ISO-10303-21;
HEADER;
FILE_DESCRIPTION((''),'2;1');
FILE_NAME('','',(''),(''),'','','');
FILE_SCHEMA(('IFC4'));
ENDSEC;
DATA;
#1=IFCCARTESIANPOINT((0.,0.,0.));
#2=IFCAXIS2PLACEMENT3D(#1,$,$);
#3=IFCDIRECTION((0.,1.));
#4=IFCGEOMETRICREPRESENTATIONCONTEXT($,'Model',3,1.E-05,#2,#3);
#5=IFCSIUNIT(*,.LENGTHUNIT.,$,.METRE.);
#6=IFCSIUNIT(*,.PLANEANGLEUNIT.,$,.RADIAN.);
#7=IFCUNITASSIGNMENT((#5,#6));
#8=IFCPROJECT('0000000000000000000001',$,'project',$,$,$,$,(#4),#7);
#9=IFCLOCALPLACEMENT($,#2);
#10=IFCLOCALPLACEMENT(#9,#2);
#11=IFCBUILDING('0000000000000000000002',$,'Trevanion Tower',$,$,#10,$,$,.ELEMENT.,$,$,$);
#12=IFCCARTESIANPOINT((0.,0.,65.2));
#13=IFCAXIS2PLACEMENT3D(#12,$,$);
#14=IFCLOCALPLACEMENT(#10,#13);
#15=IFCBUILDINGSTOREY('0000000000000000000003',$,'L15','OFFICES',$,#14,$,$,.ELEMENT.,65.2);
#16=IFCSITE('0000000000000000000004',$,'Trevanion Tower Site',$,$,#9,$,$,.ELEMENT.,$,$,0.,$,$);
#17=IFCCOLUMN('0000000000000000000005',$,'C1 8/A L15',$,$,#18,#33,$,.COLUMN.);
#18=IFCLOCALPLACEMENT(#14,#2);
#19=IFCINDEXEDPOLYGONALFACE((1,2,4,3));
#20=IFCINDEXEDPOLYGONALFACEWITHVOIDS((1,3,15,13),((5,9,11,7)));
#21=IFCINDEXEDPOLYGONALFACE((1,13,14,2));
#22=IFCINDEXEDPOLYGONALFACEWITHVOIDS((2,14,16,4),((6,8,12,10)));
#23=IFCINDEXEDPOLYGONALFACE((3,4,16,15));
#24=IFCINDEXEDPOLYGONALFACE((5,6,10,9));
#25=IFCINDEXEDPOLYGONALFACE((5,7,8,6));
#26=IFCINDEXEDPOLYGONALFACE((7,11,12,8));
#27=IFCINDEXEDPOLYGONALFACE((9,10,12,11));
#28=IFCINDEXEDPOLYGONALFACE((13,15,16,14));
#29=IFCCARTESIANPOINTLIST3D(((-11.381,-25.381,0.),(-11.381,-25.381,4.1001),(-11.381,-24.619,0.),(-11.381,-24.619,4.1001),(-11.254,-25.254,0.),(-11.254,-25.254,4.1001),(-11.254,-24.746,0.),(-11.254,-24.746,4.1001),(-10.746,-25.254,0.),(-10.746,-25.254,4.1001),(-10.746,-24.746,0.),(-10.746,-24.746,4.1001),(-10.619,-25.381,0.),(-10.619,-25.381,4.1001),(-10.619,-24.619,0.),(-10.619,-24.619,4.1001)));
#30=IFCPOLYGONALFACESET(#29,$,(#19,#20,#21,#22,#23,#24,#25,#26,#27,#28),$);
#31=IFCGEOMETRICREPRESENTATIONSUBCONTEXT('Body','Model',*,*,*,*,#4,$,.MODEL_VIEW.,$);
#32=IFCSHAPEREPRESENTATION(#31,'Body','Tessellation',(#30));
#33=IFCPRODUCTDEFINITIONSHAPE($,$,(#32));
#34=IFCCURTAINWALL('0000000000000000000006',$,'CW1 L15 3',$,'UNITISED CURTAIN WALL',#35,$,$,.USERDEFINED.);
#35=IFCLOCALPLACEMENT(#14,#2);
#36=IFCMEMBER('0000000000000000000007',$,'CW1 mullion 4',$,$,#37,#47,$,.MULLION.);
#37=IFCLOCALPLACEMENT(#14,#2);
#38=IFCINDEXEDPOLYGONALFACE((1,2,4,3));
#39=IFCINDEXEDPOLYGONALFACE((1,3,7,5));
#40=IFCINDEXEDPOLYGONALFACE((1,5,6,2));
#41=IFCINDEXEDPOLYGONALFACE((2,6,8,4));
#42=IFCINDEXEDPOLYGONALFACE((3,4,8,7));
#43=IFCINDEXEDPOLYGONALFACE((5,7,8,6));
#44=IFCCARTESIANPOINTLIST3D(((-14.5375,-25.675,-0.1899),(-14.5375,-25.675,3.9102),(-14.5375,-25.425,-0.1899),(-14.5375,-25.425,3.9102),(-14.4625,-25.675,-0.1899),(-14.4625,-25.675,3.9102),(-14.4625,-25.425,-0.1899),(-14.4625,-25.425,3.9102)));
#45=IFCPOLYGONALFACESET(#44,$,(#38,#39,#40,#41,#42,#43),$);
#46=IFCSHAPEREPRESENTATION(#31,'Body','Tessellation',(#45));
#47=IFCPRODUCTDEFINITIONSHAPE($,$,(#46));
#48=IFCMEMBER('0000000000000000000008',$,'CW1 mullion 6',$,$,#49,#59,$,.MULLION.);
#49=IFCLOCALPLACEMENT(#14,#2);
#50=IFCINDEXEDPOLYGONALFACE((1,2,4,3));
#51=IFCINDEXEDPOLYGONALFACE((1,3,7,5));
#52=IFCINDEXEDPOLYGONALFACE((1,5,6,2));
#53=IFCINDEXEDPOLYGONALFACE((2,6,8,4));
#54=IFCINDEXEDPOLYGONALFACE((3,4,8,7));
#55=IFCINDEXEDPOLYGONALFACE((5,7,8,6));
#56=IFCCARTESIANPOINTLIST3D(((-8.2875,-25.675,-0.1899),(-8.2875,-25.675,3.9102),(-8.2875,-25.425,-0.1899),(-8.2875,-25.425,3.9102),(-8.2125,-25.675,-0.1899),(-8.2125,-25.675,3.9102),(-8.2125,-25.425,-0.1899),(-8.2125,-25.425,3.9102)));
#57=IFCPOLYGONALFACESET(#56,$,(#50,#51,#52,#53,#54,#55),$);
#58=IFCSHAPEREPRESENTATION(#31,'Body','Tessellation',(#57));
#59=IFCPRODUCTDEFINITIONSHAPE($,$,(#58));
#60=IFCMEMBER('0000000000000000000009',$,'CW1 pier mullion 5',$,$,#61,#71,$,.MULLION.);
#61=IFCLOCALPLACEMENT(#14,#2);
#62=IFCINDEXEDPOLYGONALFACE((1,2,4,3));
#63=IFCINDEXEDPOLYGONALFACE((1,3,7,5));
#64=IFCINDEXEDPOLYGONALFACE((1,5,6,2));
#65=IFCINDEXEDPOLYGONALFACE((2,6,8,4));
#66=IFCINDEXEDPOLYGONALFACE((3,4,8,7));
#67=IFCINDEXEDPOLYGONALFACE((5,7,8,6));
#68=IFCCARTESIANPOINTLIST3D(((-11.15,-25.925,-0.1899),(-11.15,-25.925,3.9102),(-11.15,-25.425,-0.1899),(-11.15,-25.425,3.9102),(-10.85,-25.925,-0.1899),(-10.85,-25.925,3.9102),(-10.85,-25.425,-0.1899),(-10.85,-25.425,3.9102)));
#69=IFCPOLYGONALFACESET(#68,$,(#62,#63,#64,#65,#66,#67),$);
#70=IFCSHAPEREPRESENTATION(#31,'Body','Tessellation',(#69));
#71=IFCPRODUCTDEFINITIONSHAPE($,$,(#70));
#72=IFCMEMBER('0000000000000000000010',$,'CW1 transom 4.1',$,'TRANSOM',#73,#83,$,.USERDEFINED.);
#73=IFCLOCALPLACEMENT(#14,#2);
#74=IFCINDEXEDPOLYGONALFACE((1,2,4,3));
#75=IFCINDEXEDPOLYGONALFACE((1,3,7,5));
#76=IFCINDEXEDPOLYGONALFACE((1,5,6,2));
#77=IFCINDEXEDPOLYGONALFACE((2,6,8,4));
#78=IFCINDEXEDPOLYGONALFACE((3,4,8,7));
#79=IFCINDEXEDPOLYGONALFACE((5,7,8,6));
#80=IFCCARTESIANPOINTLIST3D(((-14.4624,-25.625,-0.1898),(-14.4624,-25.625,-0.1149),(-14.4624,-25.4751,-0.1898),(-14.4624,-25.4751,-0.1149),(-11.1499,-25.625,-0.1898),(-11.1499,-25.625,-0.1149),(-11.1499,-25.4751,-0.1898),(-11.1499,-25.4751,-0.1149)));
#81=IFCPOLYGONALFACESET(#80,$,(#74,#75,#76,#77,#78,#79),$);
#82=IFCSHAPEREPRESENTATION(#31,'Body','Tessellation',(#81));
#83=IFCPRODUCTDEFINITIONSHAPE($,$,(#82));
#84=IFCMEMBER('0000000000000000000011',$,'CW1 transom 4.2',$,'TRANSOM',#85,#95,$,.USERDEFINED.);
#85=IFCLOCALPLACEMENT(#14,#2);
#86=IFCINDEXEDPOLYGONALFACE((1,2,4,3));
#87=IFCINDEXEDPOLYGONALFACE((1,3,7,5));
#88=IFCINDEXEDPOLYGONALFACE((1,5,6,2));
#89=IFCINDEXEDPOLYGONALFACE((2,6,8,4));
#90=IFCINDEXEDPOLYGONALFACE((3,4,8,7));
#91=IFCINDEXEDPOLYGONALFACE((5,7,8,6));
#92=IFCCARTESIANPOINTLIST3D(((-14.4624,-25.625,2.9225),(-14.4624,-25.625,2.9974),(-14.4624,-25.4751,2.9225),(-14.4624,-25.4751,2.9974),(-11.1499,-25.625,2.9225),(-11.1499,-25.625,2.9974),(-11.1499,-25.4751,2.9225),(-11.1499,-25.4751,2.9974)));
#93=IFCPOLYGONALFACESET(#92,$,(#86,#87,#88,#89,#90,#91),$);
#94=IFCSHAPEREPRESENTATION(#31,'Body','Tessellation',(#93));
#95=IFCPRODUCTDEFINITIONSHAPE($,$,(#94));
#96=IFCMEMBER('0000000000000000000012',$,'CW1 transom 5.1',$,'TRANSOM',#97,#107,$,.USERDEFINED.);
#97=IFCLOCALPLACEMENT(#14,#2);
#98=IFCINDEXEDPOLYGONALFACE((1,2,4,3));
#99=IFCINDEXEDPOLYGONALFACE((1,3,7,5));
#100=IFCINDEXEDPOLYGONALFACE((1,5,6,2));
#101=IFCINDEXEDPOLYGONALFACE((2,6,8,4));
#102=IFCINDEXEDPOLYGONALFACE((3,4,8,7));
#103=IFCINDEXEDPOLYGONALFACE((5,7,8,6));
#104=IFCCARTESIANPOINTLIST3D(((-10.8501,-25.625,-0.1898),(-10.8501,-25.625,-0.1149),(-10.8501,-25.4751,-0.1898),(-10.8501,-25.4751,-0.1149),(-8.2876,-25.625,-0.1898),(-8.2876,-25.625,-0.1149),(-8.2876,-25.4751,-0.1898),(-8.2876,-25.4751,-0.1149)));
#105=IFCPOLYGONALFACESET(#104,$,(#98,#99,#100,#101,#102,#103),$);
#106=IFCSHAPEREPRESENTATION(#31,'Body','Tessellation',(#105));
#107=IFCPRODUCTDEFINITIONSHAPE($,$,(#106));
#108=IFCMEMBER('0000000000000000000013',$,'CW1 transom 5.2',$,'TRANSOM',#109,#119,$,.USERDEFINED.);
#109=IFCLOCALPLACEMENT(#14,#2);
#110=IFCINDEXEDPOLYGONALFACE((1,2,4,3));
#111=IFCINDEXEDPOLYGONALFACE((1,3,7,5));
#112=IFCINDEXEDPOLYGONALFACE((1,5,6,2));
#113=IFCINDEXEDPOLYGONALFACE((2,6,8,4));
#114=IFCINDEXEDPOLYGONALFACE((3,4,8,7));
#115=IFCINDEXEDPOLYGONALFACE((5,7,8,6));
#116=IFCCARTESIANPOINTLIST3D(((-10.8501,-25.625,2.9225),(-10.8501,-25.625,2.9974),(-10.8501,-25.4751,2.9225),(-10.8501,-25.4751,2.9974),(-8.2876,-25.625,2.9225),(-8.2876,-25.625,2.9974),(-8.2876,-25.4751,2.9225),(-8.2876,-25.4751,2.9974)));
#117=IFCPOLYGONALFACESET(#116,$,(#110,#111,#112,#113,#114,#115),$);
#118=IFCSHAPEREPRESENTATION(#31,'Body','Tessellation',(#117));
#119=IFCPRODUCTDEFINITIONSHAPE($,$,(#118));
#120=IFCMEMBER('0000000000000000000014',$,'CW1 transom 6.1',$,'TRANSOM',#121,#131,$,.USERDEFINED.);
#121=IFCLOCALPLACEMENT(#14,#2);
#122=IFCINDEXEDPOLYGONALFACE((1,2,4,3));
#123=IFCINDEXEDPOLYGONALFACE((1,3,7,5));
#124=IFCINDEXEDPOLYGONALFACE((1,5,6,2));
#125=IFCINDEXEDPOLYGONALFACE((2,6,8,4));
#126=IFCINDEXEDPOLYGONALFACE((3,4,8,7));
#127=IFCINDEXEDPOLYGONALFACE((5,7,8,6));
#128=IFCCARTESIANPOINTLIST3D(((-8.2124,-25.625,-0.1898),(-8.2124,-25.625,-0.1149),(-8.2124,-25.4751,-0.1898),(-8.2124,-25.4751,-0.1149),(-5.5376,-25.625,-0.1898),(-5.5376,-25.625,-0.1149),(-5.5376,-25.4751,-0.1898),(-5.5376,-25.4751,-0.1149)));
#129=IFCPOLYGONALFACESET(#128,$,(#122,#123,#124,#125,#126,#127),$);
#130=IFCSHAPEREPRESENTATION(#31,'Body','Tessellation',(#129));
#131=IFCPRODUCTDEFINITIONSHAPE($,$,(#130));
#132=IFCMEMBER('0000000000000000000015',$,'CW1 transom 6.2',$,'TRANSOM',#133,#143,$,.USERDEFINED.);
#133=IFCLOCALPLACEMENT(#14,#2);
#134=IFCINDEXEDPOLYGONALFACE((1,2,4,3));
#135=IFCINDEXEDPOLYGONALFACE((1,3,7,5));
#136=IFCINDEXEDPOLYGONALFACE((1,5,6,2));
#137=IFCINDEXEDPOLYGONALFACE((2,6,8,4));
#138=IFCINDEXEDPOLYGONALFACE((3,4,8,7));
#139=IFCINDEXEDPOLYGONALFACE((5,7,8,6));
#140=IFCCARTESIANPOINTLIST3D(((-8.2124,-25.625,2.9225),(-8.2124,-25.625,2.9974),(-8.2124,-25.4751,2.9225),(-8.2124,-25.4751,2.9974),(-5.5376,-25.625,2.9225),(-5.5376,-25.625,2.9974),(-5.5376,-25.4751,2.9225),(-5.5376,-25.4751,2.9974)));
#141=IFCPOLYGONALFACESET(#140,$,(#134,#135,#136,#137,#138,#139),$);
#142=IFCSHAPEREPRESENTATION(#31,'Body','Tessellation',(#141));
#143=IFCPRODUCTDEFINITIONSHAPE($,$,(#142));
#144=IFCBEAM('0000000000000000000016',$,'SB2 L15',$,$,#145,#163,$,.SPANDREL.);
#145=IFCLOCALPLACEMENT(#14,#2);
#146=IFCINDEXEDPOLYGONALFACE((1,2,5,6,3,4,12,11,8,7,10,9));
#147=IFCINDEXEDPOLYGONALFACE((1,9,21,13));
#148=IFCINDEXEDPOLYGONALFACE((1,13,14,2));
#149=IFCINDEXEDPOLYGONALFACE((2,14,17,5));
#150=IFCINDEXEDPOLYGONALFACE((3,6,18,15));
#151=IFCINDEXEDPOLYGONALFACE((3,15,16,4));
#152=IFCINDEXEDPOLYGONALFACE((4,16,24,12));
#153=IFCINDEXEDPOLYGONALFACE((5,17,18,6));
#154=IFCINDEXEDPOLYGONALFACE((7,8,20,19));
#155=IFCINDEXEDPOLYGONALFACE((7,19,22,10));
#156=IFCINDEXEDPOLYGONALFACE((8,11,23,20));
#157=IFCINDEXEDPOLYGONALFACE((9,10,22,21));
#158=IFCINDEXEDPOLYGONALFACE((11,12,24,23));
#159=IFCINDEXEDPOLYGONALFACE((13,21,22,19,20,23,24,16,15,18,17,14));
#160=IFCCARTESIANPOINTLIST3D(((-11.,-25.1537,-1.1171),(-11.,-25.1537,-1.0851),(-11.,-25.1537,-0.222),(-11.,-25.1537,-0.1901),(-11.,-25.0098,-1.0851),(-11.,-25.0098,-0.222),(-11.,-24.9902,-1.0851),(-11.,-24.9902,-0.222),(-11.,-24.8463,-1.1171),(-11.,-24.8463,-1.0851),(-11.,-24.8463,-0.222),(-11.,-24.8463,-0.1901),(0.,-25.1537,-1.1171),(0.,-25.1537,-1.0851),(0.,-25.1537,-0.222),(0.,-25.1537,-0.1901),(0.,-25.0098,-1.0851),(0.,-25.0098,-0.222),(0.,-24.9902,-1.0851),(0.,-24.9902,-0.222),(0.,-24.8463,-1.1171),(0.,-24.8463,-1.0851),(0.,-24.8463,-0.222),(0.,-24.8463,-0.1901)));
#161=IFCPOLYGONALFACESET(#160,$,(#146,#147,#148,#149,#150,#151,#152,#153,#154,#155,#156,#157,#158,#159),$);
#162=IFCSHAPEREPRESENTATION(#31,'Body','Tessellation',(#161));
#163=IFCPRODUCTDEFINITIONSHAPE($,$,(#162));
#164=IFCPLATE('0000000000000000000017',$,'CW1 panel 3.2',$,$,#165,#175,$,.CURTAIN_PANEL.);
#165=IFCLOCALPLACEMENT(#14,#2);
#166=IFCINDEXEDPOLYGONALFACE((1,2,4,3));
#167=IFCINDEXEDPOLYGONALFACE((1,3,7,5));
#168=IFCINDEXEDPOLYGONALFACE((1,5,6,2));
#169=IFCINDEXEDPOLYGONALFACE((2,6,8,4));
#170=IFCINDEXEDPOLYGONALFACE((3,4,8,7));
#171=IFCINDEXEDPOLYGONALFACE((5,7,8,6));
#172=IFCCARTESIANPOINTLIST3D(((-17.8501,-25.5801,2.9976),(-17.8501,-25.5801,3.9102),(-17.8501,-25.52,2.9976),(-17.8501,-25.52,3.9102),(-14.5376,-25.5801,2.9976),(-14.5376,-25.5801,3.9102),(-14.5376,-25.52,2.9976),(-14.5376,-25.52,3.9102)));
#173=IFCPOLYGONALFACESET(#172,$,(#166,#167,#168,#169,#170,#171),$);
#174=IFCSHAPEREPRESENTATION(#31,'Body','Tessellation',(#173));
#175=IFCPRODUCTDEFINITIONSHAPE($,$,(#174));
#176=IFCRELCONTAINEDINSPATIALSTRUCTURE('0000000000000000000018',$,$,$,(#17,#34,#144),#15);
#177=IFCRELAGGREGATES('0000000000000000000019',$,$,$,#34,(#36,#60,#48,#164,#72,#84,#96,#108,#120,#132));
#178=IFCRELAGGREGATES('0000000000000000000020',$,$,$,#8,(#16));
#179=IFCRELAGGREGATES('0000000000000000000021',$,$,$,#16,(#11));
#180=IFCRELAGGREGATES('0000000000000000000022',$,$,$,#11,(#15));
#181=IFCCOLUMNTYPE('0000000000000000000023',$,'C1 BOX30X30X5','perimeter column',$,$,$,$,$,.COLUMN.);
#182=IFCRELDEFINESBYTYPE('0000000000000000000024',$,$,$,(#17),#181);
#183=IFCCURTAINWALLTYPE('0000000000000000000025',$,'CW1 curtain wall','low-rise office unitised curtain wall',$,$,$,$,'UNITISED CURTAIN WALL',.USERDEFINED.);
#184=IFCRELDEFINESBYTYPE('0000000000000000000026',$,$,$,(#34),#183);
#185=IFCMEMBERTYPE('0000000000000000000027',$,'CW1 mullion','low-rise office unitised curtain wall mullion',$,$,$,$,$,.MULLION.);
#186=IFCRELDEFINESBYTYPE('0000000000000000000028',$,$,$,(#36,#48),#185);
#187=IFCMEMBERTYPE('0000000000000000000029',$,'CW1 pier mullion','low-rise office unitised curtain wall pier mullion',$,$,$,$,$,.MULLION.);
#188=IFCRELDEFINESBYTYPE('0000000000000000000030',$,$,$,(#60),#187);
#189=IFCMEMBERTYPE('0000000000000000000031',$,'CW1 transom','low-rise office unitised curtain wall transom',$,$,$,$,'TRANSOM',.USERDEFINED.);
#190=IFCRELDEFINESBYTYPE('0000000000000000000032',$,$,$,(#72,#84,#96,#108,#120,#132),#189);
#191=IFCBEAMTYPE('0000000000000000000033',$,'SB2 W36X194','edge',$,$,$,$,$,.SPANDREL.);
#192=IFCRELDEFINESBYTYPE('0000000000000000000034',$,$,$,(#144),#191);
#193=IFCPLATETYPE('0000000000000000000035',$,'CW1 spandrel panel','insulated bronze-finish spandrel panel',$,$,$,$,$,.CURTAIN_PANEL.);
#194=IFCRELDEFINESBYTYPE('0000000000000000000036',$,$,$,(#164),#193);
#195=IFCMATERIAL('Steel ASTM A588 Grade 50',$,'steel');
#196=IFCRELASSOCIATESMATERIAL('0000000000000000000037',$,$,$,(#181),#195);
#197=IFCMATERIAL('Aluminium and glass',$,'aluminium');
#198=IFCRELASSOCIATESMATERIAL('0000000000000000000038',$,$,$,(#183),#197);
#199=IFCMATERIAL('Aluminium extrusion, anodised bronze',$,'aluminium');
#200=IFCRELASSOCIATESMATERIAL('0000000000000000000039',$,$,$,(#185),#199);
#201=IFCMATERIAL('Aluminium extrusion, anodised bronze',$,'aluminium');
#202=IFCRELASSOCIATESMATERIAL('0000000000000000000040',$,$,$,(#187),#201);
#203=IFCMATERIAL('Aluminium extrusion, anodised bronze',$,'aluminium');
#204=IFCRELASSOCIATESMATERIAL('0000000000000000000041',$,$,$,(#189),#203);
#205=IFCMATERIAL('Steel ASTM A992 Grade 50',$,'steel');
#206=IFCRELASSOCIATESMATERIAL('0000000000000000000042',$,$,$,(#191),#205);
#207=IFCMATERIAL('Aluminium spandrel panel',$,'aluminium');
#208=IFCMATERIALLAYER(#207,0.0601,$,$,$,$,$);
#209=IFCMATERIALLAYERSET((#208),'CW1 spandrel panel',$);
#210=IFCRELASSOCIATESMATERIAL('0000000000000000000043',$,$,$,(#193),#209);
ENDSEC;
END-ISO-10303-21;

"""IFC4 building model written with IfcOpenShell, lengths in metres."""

from ifc_helpers import new_model, si_unit, direction, frame, origin, origin_2d, place, context, subcontext, project, spatial, rectangle, hollow_rectangle, i_section, extrude, material, layer, layer_set, material_profile, profile_set, type_object, element, aggregate, save


model = new_model("IFC4")

# Units and contexts
model_context = context("Model", 3, precision=1e-05, world=origin(), true_north=direction((0.0, 1.0)))
body_context = subcontext(model_context, "Body", "Model", "MODEL_VIEW")
ifc_project = project(units=[si_unit("LENGTHUNIT", "METRE"), si_unit("PLANEANGLEUNIT", "RADIAN")], contexts=[model_context])

# Site, building, storey
site_placement = place(None, origin())
site = spatial("IfcSite", under=ifc_project, at=site_placement, Name="Trevanion Tower Site", CompositionType="ELEMENT", RefElevation=0.0)
building_placement = place(site_placement, origin())
building = spatial("IfcBuilding", under=site, at=building_placement, Name="Trevanion Tower", CompositionType="ELEMENT")
storey_placement = place(building_placement, frame((0.0, 0.0, 65.2)))
storey = spatial("IfcBuildingStorey", under=building, at=storey_placement, Name="L15", Description="OFFICES", CompositionType="ELEMENT", Elevation=65.2)

# Column
ifc_material_1 = material(Name="Steel ASTM A588 Grade 50", Category="steel")
ifc_material_profile_1 = material_profile(ifc_material_1, hollow_rectangle(XDim=0.762, YDim=0.762, WallThickness=0.127, at=origin_2d()), Name="BOX30X30X5")
ifc_profile_set_1 = profile_set([ifc_material_profile_1], Name="Steel ASTM A588 Grade 50")
column_type = type_object("IfcColumnType", Name="C1 BOX30X30X5", Description="perimeter column", PredefinedType="COLUMN", material=ifc_profile_set_1)
column_placement = place(storey_placement, frame((-11.0, -25.0, 0.0), z_axis=(0.0, 0.0, 1.0), x_axis=(1.0, 0.0, 0.0)))
element("IfcColumn", 1, at=column_placement, inside=storey, type_object=column_type, Name="C1 8/A L15", PredefinedType="COLUMN", context=body_context, shape_type="SweptSolid", body=[
    extrude(hollow_rectangle(XDim=0.762, YDim=0.762, WallThickness=0.127, at=origin_2d()), origin(), (0.0, 0.0, 1.0), 4.1001),
])

# Curtain wall, members
ifc_material_2 = material(Name="Aluminium and glass", Category="aluminium")
curtain_wall_type = type_object("IfcCurtainWallType", Name="CW1 curtain wall", Description="low-rise office unitised curtain wall", ElementType="UNITISED CURTAIN WALL", PredefinedType="USERDEFINED", material=ifc_material_2)
curtain_wall_placement = place(storey_placement, origin())
curtain_wall = element("IfcCurtainWall", 2, at=curtain_wall_placement, inside=storey, type_object=curtain_wall_type, Name="CW1 L15 3", ObjectType="UNITISED CURTAIN WALL", PredefinedType="USERDEFINED")
ifc_material_3 = material(Name="Aluminium extrusion, anodised bronze", Category="aluminium")
ifc_material_profile_2 = material_profile(ifc_material_3, rectangle(XDim=0.075, YDim=0.25, at=origin_2d()), Name="CW1 mullion")
ifc_profile_set_2 = profile_set([ifc_material_profile_2], Name="Aluminium extrusion, anodised bronze")
member_type_1 = type_object("IfcMemberType", Name="CW1 mullion", Description="low-rise office unitised curtain wall mullion", PredefinedType="MULLION", material=ifc_profile_set_2)
member_1_placement = place(storey_placement, frame((-14.5, -25.55, -0.1899), z_axis=(0.0, 0.0, 1.0), x_axis=(1.0, 0.0, 0.0)))
member_1 = element("IfcMember", 3, at=member_1_placement, type_object=member_type_1, Name="CW1 mullion 4", PredefinedType="MULLION", context=body_context, shape_type="SweptSolid", body=[
    extrude(rectangle(XDim=0.075, YDim=0.25, at=origin_2d()), origin(), (0.0, 0.0, 1.0), 4.1001),
])
member_2_placement = place(storey_placement, frame((-8.25, -25.55, -0.1899), z_axis=(0.0, 0.0, 1.0), x_axis=(1.0, 0.0, 0.0)))
member_2 = element("IfcMember", 4, at=member_2_placement, type_object=member_type_1, Name="CW1 mullion 6", PredefinedType="MULLION", context=body_context, shape_type="SweptSolid", body=[
    extrude(rectangle(XDim=0.075, YDim=0.25, at=origin_2d()), origin(), (0.0, 0.0, 1.0), 4.1001),
])
ifc_material_4 = material(Name="Aluminium extrusion, anodised bronze", Category="aluminium")
ifc_material_profile_3 = material_profile(ifc_material_4, rectangle(XDim=0.3, YDim=0.5, at=origin_2d()), Name="CW1 pier mullion")
ifc_profile_set_3 = profile_set([ifc_material_profile_3], Name="Aluminium extrusion, anodised bronze")
member_type_2 = type_object("IfcMemberType", Name="CW1 pier mullion", Description="low-rise office unitised curtain wall pier mullion", PredefinedType="MULLION", material=ifc_profile_set_3)
member_3_placement = place(storey_placement, frame((-11.0, -25.675, -0.1899), z_axis=(0.0, 0.0, 1.0), x_axis=(1.0, 0.0, 0.0)))
member_3 = element("IfcMember", 5, at=member_3_placement, type_object=member_type_2, Name="CW1 pier mullion 5", PredefinedType="MULLION", context=body_context, shape_type="SweptSolid", body=[
    extrude(rectangle(XDim=0.3, YDim=0.5, at=origin_2d()), origin(), (0.0, 0.0, 1.0), 4.1001),
])
ifc_material_5 = material(Name="Aluminium extrusion, anodised bronze", Category="aluminium")
ifc_material_profile_4 = material_profile(ifc_material_5, rectangle(XDim=0.1499, YDim=0.075, at=origin_2d()), Name="CW1 transom")
ifc_profile_set_4 = profile_set([ifc_material_profile_4], Name="Aluminium extrusion, anodised bronze")
member_type_3 = type_object("IfcMemberType", Name="CW1 transom", Description="low-rise office unitised curtain wall transom", ElementType="TRANSOM", PredefinedType="USERDEFINED", material=ifc_profile_set_4)
member_4_placement = place(storey_placement, frame((-14.4624, -25.55, -0.1523), z_axis=(1.0, 0.0, 0.0), x_axis=(0.0, 1.0, 0.0)))
member_4 = element("IfcMember", 6, at=member_4_placement, type_object=member_type_3, Name="CW1 transom 4.1", ObjectType="TRANSOM", PredefinedType="USERDEFINED", context=body_context, shape_type="SweptSolid", body=[
    extrude(rectangle(XDim=0.1499, YDim=0.075, at=origin_2d()), origin(), (0.0, 0.0, 1.0), 3.3125),
])
member_5_placement = place(storey_placement, frame((-14.4624, -25.55, 2.96), z_axis=(1.0, 0.0, 0.0), x_axis=(0.0, 1.0, 0.0)))
member_5 = element("IfcMember", 7, at=member_5_placement, type_object=member_type_3, Name="CW1 transom 4.2", ObjectType="TRANSOM", PredefinedType="USERDEFINED", context=body_context, shape_type="SweptSolid", body=[
    extrude(rectangle(XDim=0.1499, YDim=0.075, at=origin_2d()), origin(), (0.0, 0.0, 1.0), 3.3125),
])
member_6_placement = place(storey_placement, frame((-10.8501, -25.55, -0.1523), z_axis=(1.0, 0.0, 0.0), x_axis=(0.0, 1.0, 0.0)))
member_6 = element("IfcMember", 8, at=member_6_placement, type_object=member_type_3, Name="CW1 transom 5.1", ObjectType="TRANSOM", PredefinedType="USERDEFINED", context=body_context, shape_type="SweptSolid", body=[
    extrude(rectangle(XDim=0.1499, YDim=0.075, at=origin_2d()), origin(), (0.0, 0.0, 1.0), 2.5625),
])
member_7_placement = place(storey_placement, frame((-10.8501, -25.55, 2.96), z_axis=(1.0, 0.0, 0.0), x_axis=(0.0, 1.0, 0.0)))
member_7 = element("IfcMember", 9, at=member_7_placement, type_object=member_type_3, Name="CW1 transom 5.2", ObjectType="TRANSOM", PredefinedType="USERDEFINED", context=body_context, shape_type="SweptSolid", body=[
    extrude(rectangle(XDim=0.1499, YDim=0.075, at=origin_2d()), origin(), (0.0, 0.0, 1.0), 2.5625),
])
member_8_placement = place(storey_placement, frame((-8.2124, -25.55, -0.1523), z_axis=(1.0, 0.0, 0.0), x_axis=(0.0, 1.0, 0.0)))
member_8 = element("IfcMember", 10, at=member_8_placement, type_object=member_type_3, Name="CW1 transom 6.1", ObjectType="TRANSOM", PredefinedType="USERDEFINED", context=body_context, shape_type="SweptSolid", body=[
    extrude(rectangle(XDim=0.1499, YDim=0.075, at=origin_2d()), origin(), (0.0, 0.0, 1.0), 2.6748),
])
member_9_placement = place(storey_placement, frame((-8.2124, -25.55, 2.96), z_axis=(1.0, 0.0, 0.0), x_axis=(0.0, 1.0, 0.0)))
member_9 = element("IfcMember", 11, at=member_9_placement, type_object=member_type_3, Name="CW1 transom 6.2", ObjectType="TRANSOM", PredefinedType="USERDEFINED", context=body_context, shape_type="SweptSolid", body=[
    extrude(rectangle(XDim=0.1499, YDim=0.075, at=origin_2d()), origin(), (0.0, 0.0, 1.0), 2.6748),
])

# Beam
ifc_material_6 = material(Name="Steel ASTM A992 Grade 50", Category="steel")
ifc_material_profile_5 = material_profile(ifc_material_6, i_section(OverallWidth=0.3074, OverallDepth=0.927, WebThickness=0.0195, FlangeThickness=0.032, at=origin_2d()), Name="W36X194")
ifc_profile_set_5 = profile_set([ifc_material_profile_5], Name="Steel ASTM A992 Grade 50")
beam_type = type_object("IfcBeamType", Name="SB2 W36X194", Description="edge", PredefinedType="SPANDREL", material=ifc_profile_set_5)
beam_placement = place(storey_placement, frame((-11.0, -25.0, -0.6536), z_axis=(1.0, 0.0, 0.0), x_axis=(0.0, 1.0, 0.0)))
element("IfcBeam", 12, at=beam_placement, inside=storey, type_object=beam_type, Name="SB2 L15", PredefinedType="SPANDREL", context=body_context, shape_type="SweptSolid", body=[
    extrude(i_section(OverallWidth=0.3074, OverallDepth=0.927, WebThickness=0.0195, FlangeThickness=0.032, at=origin_2d()), origin(), (0.0, 0.0, 1.0), 11.0),
])

# Plate
ifc_material_7 = material(Name="Aluminium spandrel panel", Category="aluminium")
ifc_layer_1 = layer(ifc_material_7, 0.0601)
ifc_layer_set_1 = layer_set([ifc_layer_1], Name="CW1 spandrel panel")
plate_type_1 = type_object("IfcPlateType", Name="CW1 spandrel panel", Description="insulated bronze-finish spandrel panel", PredefinedType="CURTAIN_PANEL", material=ifc_layer_set_1)
plate_1_placement = place(storey_placement, frame((-16.1938, -25.55, 2.9976), z_axis=(0.0, 0.0, 1.0), x_axis=(1.0, 0.0, 0.0)))
plate_1 = element("IfcPlate", 13, at=plate_1_placement, type_object=plate_type_1, Name="CW1 panel 3.2", PredefinedType="CURTAIN_PANEL", context=body_context, shape_type="SweptSolid", body=[
    extrude(rectangle(XDim=3.3125, YDim=0.0601, at=origin_2d()), origin(), (0.0, 0.0, 1.0), 0.9126),
])
aggregate(curtain_wall, [member_1, member_3, member_2, plate_1, member_4, member_5, member_6, member_7, member_8, member_9])

save(model, "model.ifc")
